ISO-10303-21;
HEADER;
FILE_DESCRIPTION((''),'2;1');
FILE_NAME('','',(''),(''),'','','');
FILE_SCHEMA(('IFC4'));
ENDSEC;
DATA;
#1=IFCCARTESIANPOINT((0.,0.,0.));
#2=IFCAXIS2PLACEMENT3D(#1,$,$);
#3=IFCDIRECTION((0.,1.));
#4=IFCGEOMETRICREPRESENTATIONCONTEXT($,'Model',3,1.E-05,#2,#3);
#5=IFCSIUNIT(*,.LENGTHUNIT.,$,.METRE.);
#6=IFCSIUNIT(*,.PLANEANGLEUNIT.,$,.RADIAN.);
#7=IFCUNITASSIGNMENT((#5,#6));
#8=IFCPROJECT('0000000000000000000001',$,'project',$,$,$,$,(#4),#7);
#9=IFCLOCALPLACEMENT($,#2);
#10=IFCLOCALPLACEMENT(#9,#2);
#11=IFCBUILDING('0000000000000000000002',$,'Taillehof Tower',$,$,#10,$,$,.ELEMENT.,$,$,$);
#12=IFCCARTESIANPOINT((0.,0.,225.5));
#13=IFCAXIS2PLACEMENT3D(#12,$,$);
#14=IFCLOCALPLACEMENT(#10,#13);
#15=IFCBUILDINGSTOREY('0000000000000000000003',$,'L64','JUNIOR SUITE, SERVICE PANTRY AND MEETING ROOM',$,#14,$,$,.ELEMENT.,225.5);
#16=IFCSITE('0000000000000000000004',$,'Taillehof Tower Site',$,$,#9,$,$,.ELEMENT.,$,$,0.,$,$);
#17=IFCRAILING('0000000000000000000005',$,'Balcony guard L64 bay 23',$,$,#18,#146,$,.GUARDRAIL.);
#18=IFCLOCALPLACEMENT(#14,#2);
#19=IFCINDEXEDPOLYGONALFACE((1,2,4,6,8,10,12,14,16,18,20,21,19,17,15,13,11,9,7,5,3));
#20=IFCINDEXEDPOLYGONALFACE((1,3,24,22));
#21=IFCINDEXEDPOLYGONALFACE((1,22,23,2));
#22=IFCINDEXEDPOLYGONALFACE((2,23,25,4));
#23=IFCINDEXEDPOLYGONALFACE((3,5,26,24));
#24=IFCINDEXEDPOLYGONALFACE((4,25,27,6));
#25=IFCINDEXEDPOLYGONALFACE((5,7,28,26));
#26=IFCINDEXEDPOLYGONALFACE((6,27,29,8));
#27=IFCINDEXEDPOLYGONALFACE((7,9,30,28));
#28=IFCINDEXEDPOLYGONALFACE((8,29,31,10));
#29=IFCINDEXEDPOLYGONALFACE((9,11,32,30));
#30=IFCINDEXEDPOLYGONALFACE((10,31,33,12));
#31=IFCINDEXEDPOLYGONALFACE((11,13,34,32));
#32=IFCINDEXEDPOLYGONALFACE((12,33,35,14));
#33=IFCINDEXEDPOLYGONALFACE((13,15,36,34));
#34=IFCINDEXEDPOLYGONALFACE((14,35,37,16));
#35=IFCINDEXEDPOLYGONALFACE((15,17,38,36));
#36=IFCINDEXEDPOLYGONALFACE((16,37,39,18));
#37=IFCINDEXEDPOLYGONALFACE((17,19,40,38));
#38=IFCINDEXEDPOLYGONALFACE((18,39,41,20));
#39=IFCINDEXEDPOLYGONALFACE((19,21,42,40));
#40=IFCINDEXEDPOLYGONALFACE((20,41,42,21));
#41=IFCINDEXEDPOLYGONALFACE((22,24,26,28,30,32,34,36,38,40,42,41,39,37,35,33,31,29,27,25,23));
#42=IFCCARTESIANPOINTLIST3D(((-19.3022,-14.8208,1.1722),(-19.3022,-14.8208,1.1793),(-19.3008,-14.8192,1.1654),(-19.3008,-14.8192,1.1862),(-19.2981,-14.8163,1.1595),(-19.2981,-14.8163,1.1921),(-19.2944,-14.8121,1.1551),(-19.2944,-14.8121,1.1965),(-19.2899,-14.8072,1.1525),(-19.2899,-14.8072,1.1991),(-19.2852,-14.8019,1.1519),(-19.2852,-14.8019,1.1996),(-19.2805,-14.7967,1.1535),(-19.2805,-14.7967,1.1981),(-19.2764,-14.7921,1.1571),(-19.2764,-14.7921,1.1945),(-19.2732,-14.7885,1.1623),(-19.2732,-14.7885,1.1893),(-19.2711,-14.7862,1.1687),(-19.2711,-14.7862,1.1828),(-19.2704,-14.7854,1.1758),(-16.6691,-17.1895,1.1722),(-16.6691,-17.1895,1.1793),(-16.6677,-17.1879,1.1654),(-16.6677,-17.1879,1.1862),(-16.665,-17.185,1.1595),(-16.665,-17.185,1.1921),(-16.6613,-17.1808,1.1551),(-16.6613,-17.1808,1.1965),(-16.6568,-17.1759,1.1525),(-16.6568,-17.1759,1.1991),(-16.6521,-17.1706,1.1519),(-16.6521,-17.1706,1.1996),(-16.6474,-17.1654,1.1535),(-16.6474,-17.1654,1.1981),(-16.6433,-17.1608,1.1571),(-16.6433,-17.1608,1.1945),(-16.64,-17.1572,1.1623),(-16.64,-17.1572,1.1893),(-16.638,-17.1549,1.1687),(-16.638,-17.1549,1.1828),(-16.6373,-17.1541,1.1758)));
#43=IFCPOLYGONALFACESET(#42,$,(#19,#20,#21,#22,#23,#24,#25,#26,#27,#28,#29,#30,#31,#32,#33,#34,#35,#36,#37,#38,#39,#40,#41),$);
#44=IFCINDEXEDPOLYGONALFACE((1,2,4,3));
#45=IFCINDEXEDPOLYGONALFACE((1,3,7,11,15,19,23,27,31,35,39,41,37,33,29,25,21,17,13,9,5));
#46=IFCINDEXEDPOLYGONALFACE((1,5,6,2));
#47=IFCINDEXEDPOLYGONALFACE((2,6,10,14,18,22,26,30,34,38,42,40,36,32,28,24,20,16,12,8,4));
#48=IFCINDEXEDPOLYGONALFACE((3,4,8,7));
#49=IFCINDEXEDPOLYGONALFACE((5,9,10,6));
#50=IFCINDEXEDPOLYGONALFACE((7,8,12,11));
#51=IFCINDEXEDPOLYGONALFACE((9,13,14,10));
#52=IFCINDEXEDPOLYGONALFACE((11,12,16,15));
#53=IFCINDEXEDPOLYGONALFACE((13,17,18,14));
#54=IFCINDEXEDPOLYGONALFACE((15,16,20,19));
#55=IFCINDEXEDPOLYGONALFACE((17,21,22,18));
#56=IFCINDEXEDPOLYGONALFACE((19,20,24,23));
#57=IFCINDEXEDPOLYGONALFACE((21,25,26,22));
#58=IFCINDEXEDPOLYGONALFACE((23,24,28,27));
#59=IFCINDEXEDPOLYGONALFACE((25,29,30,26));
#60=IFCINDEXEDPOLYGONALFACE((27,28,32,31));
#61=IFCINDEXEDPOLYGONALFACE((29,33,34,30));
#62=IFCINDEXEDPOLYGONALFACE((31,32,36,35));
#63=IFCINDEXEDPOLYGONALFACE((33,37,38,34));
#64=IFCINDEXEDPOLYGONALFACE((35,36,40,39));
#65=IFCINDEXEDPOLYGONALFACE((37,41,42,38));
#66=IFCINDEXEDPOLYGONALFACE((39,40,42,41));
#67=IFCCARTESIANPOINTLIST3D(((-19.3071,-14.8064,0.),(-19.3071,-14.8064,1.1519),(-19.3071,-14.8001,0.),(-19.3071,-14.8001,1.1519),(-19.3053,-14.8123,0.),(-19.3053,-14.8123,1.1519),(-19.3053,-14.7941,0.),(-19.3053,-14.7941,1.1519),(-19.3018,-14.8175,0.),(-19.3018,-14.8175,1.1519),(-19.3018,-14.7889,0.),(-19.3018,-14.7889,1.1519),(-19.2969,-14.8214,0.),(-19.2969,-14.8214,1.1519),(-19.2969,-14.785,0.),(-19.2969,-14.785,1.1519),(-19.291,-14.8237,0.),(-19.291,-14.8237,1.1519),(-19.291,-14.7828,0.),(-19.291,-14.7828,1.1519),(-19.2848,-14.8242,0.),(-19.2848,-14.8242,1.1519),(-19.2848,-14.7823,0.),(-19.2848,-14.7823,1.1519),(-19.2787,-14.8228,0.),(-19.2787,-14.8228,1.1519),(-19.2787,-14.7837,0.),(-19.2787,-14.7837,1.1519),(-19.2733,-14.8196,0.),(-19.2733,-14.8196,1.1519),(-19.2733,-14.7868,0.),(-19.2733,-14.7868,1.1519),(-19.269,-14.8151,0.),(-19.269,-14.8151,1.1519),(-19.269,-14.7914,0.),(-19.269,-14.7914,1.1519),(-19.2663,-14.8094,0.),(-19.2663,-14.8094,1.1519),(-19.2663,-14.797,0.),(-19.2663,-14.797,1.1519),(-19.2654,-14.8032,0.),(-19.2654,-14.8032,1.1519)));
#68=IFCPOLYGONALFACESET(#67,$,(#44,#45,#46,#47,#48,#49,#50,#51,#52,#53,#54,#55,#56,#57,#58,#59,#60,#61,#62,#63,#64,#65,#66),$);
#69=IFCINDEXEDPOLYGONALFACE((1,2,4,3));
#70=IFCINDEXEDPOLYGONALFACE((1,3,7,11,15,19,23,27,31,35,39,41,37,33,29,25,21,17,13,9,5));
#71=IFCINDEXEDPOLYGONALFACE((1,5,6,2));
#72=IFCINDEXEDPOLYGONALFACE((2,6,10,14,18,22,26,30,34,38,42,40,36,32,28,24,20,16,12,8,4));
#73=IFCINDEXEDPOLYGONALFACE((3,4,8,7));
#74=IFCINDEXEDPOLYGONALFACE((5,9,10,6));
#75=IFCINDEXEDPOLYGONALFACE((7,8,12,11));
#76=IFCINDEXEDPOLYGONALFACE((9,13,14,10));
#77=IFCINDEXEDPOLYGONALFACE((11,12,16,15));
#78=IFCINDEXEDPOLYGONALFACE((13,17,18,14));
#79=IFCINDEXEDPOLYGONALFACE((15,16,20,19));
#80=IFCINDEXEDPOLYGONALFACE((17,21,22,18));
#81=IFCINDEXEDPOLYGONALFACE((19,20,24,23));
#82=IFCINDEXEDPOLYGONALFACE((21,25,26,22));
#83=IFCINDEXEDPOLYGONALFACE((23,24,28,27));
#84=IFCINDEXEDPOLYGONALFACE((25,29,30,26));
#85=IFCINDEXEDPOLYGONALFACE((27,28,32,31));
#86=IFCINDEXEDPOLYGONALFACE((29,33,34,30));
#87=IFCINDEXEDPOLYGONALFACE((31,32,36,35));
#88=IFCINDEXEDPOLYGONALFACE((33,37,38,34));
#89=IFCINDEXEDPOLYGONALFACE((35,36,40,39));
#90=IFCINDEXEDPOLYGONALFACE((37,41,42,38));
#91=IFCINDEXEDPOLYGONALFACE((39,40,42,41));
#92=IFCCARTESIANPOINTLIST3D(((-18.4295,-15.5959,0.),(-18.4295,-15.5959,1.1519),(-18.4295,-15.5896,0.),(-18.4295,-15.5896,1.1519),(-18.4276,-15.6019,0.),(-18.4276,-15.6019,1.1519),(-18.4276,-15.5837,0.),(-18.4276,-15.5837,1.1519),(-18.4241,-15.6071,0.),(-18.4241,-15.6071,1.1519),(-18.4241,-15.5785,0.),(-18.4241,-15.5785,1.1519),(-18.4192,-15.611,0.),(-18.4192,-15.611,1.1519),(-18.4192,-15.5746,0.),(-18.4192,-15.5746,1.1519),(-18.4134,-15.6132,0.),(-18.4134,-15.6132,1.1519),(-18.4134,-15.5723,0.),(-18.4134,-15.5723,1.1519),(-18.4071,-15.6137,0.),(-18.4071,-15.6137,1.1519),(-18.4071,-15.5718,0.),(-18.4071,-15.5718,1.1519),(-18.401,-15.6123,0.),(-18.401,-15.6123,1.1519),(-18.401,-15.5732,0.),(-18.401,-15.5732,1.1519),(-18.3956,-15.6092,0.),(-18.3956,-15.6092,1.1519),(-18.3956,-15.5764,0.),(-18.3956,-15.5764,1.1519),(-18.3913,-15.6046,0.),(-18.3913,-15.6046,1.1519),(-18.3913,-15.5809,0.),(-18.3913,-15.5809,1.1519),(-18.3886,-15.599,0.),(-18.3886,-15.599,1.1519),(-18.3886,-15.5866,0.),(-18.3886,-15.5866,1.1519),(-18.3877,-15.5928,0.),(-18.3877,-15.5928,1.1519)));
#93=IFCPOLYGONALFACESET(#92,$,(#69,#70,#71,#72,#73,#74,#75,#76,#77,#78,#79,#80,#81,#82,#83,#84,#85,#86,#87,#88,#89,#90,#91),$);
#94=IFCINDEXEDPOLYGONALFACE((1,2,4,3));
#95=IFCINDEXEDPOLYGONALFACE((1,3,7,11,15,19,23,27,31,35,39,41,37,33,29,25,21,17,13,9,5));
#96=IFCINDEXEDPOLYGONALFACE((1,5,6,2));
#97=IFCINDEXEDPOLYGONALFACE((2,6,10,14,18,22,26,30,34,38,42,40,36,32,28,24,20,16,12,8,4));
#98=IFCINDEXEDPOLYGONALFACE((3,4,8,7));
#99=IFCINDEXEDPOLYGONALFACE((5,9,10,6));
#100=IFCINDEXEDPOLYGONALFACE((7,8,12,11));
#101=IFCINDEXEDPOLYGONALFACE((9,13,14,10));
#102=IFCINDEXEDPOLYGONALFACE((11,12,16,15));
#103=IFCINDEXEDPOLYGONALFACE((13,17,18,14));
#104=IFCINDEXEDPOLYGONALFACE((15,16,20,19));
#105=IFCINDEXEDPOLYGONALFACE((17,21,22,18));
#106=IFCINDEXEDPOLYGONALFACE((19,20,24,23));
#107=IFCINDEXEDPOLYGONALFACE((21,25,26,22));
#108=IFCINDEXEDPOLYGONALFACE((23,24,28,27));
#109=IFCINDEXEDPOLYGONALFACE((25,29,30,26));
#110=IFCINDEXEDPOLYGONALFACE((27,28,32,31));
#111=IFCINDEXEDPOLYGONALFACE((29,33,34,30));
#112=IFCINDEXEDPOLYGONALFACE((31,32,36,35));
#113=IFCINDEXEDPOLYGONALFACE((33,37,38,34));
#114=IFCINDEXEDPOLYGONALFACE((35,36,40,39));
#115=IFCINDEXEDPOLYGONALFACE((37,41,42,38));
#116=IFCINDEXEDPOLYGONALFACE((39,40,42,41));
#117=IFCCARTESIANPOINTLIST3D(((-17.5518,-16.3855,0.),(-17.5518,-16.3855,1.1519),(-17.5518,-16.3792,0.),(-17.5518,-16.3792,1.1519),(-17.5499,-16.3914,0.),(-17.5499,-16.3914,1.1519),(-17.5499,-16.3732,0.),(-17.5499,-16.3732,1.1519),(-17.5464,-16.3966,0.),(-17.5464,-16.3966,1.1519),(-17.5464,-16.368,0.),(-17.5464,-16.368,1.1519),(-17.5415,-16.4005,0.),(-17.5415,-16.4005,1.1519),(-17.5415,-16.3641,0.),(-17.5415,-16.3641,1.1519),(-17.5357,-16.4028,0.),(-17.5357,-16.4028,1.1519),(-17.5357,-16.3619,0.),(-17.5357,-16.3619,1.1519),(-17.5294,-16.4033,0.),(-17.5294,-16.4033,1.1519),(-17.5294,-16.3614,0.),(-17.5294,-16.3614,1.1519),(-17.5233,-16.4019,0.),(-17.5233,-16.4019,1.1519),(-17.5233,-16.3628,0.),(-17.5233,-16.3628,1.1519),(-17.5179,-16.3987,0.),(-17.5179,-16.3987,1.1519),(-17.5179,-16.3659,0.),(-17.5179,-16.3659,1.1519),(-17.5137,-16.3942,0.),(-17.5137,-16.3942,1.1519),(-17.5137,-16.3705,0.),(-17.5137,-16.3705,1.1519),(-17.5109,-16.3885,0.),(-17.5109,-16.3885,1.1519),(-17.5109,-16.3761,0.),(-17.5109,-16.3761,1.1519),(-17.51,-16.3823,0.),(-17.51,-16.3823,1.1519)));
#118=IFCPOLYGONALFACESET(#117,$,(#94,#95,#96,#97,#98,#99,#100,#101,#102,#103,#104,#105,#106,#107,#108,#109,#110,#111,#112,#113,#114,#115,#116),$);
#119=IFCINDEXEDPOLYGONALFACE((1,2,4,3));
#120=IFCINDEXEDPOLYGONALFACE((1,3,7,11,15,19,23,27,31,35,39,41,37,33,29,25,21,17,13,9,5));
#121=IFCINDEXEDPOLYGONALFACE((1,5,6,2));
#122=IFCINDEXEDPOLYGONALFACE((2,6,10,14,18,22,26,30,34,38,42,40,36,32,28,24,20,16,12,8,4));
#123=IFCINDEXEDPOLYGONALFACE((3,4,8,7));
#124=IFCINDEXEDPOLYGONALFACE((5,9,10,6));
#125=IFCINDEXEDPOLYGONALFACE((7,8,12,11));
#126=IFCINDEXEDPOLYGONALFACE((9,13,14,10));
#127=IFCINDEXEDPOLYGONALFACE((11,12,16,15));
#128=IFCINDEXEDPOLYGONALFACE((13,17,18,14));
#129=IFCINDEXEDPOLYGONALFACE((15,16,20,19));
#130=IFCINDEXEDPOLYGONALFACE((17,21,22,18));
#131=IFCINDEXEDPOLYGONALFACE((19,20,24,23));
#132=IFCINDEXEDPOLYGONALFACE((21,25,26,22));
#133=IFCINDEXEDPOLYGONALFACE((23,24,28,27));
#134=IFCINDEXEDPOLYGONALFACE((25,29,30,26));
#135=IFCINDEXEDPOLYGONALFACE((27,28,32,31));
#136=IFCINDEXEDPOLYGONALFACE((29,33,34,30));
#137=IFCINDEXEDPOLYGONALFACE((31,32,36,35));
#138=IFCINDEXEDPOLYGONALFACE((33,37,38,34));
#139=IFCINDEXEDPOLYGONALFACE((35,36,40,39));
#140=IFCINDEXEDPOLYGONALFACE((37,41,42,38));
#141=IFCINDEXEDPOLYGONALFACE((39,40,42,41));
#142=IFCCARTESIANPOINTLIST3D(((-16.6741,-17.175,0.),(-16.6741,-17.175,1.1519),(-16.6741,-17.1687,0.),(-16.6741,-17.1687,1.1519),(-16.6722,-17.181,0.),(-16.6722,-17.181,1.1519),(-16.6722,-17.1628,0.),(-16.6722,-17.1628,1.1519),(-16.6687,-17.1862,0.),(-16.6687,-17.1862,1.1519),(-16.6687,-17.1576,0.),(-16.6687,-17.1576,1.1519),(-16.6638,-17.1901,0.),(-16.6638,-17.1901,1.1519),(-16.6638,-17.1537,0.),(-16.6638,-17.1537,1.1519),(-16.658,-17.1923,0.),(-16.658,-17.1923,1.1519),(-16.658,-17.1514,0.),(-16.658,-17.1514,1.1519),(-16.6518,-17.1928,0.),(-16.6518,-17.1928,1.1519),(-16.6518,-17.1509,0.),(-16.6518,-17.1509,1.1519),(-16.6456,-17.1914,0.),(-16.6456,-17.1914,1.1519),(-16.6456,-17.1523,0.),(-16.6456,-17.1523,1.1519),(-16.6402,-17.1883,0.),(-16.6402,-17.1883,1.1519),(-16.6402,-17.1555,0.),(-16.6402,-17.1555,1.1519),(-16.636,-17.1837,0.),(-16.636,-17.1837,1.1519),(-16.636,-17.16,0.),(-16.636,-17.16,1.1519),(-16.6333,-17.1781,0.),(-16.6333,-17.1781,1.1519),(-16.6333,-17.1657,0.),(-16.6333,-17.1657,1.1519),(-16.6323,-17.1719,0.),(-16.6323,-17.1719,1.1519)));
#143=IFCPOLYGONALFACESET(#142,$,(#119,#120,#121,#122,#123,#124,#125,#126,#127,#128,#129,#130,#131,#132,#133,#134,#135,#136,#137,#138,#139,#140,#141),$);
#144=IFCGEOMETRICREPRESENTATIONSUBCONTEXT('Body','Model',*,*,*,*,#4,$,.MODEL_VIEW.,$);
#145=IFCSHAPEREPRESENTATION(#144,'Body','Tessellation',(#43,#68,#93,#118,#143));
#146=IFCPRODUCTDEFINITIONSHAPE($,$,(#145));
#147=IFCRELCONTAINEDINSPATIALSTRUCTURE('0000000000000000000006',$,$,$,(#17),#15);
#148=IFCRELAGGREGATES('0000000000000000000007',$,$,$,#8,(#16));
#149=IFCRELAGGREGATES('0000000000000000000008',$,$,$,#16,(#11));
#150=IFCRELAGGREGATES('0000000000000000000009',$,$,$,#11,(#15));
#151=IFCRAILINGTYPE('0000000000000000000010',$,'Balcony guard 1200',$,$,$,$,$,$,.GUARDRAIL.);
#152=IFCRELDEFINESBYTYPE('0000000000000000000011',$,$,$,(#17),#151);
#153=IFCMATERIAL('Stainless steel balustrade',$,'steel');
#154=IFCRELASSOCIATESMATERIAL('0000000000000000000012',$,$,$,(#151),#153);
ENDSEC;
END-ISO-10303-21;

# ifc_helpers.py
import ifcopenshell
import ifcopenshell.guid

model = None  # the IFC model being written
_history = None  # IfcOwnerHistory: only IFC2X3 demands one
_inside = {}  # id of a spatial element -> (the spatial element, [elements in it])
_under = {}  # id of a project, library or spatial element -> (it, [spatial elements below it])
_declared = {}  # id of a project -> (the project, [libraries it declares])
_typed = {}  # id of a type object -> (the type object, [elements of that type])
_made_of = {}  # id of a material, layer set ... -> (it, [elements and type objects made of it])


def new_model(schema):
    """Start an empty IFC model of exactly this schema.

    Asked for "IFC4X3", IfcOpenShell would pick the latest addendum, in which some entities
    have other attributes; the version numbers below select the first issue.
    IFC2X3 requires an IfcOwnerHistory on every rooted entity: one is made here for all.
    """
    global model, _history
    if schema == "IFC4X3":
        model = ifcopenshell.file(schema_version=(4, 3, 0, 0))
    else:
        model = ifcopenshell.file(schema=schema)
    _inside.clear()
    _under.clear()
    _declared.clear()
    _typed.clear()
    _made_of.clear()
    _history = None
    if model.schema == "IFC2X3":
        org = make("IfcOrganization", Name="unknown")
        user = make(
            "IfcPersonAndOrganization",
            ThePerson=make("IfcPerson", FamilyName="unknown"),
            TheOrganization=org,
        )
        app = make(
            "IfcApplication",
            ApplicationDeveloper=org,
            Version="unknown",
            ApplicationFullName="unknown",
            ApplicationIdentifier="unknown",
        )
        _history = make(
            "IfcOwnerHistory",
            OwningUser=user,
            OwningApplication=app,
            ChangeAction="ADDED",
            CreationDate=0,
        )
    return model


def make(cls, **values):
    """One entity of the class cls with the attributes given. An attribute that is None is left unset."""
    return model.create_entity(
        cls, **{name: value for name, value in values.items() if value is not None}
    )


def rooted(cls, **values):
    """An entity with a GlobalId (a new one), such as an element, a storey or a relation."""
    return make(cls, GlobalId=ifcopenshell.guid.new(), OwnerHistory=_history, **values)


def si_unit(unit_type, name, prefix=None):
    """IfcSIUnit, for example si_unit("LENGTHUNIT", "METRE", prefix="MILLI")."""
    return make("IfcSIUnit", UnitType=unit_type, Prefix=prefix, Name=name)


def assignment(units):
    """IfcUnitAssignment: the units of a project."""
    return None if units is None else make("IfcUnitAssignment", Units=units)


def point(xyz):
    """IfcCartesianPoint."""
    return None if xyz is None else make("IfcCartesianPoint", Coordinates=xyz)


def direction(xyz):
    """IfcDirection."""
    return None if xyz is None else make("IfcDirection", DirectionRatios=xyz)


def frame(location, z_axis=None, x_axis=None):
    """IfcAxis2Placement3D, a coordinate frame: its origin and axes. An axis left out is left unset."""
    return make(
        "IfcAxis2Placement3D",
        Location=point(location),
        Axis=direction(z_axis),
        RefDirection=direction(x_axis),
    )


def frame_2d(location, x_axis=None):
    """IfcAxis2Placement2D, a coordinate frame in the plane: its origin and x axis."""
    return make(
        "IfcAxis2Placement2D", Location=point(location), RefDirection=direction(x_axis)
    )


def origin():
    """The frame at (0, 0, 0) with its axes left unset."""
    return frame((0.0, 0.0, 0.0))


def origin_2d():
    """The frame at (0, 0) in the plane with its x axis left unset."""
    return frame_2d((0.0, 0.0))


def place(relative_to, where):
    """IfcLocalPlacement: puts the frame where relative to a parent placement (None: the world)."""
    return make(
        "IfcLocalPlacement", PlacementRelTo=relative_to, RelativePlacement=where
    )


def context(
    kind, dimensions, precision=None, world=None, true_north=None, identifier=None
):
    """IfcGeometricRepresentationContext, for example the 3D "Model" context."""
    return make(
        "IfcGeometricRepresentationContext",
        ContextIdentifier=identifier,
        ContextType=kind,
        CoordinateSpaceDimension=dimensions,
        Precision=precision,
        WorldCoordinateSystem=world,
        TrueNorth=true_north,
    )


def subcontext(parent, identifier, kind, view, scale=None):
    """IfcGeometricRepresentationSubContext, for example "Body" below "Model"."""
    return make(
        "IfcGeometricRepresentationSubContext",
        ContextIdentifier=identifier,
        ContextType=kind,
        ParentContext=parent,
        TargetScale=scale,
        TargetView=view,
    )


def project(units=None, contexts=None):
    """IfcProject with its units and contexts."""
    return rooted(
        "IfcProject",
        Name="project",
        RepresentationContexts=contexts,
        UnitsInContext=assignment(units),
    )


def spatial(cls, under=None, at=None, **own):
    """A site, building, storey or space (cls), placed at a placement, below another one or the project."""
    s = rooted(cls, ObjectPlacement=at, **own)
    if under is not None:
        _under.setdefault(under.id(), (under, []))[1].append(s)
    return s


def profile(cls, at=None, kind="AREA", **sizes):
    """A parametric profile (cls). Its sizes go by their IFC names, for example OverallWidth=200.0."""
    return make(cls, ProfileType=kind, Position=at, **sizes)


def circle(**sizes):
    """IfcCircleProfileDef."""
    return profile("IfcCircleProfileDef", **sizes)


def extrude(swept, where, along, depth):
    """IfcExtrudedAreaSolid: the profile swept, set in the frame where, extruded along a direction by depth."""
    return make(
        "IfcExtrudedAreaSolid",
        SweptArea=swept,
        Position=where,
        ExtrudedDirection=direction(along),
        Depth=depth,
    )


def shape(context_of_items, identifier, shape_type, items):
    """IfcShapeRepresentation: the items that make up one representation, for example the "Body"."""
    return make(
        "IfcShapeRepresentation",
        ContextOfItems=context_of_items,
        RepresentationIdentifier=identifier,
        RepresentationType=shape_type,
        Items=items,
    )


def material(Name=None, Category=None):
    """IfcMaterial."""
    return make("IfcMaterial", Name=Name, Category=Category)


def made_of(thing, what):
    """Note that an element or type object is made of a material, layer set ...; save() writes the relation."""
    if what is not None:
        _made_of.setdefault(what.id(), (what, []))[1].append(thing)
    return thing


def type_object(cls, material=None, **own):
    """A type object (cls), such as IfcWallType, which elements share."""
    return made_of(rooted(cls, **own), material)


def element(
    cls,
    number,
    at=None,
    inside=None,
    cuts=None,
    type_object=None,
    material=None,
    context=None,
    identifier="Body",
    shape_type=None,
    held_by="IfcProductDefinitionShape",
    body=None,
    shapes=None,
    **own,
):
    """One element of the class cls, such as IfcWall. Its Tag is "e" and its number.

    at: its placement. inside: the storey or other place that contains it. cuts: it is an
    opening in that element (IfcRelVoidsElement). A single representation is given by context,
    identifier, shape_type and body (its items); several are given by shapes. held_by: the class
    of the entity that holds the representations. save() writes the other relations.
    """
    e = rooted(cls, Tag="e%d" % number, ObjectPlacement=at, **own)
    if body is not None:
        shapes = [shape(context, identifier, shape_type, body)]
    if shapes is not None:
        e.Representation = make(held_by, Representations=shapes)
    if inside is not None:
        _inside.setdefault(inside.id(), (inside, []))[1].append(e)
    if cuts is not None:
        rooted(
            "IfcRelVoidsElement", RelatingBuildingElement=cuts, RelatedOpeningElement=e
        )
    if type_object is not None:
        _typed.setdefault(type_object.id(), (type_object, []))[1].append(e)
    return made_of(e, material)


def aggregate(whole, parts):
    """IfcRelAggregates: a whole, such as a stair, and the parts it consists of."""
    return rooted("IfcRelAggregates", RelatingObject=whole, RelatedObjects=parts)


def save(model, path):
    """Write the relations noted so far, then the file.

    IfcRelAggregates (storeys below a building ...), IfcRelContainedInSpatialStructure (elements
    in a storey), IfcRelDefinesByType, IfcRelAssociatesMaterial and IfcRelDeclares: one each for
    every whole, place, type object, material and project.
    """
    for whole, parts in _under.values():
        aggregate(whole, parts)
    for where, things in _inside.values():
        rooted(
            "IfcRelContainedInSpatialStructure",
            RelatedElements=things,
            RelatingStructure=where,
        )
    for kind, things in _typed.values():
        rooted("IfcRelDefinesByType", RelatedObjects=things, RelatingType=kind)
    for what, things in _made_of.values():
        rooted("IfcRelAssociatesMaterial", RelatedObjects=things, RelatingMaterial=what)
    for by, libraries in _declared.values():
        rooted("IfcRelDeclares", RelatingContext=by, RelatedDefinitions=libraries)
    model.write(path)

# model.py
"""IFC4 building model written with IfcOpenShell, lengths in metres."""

from ifc_helpers import new_model, si_unit, direction, frame, origin, origin_2d, place, context, subcontext, project, spatial, circle, extrude, material, type_object, element, save


model = new_model("IFC4")

# Units and contexts
model_context = context("Model", 3, precision=1e-05, world=origin(), true_north=direction((0.0, 1.0)))
body_context = subcontext(model_context, "Body", "Model", "MODEL_VIEW")
ifc_project = project(units=[si_unit("LENGTHUNIT", "METRE"), si_unit("PLANEANGLEUNIT", "RADIAN")], contexts=[model_context])

# Site, building, storey
site_placement = place(None, origin())
site = spatial("IfcSite", under=ifc_project, at=site_placement, Name="Taillehof Tower Site", CompositionType="ELEMENT", RefElevation=0.0)
building_placement = place(site_placement, origin())
building = spatial("IfcBuilding", under=site, at=building_placement, Name="Taillehof Tower", CompositionType="ELEMENT")
storey_placement = place(building_placement, frame((0.0, 0.0, 225.5)))
storey = spatial("IfcBuildingStorey", under=building, at=storey_placement, Name="L64", Description="JUNIOR SUITE, SERVICE PANTRY AND MEETING ROOM", CompositionType="ELEMENT", Elevation=225.5)

# Railing
ifc_material_1 = material(Name="Stainless steel balustrade", Category="steel")
railing_type = type_object("IfcRailingType", Name="Balcony guard 1200", PredefinedType="GUARDRAIL", material=ifc_material_1)
railing_1_placement = place(storey_placement, frame((-19.2864, -14.8032, 0.0)))
element("IfcRailing", 1, at=railing_1_placement, inside=storey, type_object=railing_type, Name="Balcony guard L64 bay 23", PredefinedType="GUARDRAIL", context=body_context, shape_type="SweptSolid", body=[
    extrude(circle(Radius=0.0239, at=origin_2d()), frame((0.0, 0.0, 1.1758), z_axis=(0.743448, -0.668793, 0.0), x_axis=(0.668793, 0.743448, 0.0)), (0.0, 0.0, 1.0), 3.5417),
    extrude(circle(Radius=0.021, at=origin_2d()), origin(), (0.0, 0.0, 1.0), 1.1519),
    extrude(circle(Radius=0.021, at=origin_2d()), frame((0.8777, -0.7896, 0.0)), (0.0, 0.0, 1.0), 1.1519),
    extrude(circle(Radius=0.021, at=origin_2d()), frame((1.7554, -1.5791, 0.0)), (0.0, 0.0, 1.0), 1.1519),
    extrude(circle(Radius=0.021, at=origin_2d()), frame((2.6331, -2.3687, 0.0)), (0.0, 0.0, 1.0), 1.1519),
])

save(model, "model.ifc")
